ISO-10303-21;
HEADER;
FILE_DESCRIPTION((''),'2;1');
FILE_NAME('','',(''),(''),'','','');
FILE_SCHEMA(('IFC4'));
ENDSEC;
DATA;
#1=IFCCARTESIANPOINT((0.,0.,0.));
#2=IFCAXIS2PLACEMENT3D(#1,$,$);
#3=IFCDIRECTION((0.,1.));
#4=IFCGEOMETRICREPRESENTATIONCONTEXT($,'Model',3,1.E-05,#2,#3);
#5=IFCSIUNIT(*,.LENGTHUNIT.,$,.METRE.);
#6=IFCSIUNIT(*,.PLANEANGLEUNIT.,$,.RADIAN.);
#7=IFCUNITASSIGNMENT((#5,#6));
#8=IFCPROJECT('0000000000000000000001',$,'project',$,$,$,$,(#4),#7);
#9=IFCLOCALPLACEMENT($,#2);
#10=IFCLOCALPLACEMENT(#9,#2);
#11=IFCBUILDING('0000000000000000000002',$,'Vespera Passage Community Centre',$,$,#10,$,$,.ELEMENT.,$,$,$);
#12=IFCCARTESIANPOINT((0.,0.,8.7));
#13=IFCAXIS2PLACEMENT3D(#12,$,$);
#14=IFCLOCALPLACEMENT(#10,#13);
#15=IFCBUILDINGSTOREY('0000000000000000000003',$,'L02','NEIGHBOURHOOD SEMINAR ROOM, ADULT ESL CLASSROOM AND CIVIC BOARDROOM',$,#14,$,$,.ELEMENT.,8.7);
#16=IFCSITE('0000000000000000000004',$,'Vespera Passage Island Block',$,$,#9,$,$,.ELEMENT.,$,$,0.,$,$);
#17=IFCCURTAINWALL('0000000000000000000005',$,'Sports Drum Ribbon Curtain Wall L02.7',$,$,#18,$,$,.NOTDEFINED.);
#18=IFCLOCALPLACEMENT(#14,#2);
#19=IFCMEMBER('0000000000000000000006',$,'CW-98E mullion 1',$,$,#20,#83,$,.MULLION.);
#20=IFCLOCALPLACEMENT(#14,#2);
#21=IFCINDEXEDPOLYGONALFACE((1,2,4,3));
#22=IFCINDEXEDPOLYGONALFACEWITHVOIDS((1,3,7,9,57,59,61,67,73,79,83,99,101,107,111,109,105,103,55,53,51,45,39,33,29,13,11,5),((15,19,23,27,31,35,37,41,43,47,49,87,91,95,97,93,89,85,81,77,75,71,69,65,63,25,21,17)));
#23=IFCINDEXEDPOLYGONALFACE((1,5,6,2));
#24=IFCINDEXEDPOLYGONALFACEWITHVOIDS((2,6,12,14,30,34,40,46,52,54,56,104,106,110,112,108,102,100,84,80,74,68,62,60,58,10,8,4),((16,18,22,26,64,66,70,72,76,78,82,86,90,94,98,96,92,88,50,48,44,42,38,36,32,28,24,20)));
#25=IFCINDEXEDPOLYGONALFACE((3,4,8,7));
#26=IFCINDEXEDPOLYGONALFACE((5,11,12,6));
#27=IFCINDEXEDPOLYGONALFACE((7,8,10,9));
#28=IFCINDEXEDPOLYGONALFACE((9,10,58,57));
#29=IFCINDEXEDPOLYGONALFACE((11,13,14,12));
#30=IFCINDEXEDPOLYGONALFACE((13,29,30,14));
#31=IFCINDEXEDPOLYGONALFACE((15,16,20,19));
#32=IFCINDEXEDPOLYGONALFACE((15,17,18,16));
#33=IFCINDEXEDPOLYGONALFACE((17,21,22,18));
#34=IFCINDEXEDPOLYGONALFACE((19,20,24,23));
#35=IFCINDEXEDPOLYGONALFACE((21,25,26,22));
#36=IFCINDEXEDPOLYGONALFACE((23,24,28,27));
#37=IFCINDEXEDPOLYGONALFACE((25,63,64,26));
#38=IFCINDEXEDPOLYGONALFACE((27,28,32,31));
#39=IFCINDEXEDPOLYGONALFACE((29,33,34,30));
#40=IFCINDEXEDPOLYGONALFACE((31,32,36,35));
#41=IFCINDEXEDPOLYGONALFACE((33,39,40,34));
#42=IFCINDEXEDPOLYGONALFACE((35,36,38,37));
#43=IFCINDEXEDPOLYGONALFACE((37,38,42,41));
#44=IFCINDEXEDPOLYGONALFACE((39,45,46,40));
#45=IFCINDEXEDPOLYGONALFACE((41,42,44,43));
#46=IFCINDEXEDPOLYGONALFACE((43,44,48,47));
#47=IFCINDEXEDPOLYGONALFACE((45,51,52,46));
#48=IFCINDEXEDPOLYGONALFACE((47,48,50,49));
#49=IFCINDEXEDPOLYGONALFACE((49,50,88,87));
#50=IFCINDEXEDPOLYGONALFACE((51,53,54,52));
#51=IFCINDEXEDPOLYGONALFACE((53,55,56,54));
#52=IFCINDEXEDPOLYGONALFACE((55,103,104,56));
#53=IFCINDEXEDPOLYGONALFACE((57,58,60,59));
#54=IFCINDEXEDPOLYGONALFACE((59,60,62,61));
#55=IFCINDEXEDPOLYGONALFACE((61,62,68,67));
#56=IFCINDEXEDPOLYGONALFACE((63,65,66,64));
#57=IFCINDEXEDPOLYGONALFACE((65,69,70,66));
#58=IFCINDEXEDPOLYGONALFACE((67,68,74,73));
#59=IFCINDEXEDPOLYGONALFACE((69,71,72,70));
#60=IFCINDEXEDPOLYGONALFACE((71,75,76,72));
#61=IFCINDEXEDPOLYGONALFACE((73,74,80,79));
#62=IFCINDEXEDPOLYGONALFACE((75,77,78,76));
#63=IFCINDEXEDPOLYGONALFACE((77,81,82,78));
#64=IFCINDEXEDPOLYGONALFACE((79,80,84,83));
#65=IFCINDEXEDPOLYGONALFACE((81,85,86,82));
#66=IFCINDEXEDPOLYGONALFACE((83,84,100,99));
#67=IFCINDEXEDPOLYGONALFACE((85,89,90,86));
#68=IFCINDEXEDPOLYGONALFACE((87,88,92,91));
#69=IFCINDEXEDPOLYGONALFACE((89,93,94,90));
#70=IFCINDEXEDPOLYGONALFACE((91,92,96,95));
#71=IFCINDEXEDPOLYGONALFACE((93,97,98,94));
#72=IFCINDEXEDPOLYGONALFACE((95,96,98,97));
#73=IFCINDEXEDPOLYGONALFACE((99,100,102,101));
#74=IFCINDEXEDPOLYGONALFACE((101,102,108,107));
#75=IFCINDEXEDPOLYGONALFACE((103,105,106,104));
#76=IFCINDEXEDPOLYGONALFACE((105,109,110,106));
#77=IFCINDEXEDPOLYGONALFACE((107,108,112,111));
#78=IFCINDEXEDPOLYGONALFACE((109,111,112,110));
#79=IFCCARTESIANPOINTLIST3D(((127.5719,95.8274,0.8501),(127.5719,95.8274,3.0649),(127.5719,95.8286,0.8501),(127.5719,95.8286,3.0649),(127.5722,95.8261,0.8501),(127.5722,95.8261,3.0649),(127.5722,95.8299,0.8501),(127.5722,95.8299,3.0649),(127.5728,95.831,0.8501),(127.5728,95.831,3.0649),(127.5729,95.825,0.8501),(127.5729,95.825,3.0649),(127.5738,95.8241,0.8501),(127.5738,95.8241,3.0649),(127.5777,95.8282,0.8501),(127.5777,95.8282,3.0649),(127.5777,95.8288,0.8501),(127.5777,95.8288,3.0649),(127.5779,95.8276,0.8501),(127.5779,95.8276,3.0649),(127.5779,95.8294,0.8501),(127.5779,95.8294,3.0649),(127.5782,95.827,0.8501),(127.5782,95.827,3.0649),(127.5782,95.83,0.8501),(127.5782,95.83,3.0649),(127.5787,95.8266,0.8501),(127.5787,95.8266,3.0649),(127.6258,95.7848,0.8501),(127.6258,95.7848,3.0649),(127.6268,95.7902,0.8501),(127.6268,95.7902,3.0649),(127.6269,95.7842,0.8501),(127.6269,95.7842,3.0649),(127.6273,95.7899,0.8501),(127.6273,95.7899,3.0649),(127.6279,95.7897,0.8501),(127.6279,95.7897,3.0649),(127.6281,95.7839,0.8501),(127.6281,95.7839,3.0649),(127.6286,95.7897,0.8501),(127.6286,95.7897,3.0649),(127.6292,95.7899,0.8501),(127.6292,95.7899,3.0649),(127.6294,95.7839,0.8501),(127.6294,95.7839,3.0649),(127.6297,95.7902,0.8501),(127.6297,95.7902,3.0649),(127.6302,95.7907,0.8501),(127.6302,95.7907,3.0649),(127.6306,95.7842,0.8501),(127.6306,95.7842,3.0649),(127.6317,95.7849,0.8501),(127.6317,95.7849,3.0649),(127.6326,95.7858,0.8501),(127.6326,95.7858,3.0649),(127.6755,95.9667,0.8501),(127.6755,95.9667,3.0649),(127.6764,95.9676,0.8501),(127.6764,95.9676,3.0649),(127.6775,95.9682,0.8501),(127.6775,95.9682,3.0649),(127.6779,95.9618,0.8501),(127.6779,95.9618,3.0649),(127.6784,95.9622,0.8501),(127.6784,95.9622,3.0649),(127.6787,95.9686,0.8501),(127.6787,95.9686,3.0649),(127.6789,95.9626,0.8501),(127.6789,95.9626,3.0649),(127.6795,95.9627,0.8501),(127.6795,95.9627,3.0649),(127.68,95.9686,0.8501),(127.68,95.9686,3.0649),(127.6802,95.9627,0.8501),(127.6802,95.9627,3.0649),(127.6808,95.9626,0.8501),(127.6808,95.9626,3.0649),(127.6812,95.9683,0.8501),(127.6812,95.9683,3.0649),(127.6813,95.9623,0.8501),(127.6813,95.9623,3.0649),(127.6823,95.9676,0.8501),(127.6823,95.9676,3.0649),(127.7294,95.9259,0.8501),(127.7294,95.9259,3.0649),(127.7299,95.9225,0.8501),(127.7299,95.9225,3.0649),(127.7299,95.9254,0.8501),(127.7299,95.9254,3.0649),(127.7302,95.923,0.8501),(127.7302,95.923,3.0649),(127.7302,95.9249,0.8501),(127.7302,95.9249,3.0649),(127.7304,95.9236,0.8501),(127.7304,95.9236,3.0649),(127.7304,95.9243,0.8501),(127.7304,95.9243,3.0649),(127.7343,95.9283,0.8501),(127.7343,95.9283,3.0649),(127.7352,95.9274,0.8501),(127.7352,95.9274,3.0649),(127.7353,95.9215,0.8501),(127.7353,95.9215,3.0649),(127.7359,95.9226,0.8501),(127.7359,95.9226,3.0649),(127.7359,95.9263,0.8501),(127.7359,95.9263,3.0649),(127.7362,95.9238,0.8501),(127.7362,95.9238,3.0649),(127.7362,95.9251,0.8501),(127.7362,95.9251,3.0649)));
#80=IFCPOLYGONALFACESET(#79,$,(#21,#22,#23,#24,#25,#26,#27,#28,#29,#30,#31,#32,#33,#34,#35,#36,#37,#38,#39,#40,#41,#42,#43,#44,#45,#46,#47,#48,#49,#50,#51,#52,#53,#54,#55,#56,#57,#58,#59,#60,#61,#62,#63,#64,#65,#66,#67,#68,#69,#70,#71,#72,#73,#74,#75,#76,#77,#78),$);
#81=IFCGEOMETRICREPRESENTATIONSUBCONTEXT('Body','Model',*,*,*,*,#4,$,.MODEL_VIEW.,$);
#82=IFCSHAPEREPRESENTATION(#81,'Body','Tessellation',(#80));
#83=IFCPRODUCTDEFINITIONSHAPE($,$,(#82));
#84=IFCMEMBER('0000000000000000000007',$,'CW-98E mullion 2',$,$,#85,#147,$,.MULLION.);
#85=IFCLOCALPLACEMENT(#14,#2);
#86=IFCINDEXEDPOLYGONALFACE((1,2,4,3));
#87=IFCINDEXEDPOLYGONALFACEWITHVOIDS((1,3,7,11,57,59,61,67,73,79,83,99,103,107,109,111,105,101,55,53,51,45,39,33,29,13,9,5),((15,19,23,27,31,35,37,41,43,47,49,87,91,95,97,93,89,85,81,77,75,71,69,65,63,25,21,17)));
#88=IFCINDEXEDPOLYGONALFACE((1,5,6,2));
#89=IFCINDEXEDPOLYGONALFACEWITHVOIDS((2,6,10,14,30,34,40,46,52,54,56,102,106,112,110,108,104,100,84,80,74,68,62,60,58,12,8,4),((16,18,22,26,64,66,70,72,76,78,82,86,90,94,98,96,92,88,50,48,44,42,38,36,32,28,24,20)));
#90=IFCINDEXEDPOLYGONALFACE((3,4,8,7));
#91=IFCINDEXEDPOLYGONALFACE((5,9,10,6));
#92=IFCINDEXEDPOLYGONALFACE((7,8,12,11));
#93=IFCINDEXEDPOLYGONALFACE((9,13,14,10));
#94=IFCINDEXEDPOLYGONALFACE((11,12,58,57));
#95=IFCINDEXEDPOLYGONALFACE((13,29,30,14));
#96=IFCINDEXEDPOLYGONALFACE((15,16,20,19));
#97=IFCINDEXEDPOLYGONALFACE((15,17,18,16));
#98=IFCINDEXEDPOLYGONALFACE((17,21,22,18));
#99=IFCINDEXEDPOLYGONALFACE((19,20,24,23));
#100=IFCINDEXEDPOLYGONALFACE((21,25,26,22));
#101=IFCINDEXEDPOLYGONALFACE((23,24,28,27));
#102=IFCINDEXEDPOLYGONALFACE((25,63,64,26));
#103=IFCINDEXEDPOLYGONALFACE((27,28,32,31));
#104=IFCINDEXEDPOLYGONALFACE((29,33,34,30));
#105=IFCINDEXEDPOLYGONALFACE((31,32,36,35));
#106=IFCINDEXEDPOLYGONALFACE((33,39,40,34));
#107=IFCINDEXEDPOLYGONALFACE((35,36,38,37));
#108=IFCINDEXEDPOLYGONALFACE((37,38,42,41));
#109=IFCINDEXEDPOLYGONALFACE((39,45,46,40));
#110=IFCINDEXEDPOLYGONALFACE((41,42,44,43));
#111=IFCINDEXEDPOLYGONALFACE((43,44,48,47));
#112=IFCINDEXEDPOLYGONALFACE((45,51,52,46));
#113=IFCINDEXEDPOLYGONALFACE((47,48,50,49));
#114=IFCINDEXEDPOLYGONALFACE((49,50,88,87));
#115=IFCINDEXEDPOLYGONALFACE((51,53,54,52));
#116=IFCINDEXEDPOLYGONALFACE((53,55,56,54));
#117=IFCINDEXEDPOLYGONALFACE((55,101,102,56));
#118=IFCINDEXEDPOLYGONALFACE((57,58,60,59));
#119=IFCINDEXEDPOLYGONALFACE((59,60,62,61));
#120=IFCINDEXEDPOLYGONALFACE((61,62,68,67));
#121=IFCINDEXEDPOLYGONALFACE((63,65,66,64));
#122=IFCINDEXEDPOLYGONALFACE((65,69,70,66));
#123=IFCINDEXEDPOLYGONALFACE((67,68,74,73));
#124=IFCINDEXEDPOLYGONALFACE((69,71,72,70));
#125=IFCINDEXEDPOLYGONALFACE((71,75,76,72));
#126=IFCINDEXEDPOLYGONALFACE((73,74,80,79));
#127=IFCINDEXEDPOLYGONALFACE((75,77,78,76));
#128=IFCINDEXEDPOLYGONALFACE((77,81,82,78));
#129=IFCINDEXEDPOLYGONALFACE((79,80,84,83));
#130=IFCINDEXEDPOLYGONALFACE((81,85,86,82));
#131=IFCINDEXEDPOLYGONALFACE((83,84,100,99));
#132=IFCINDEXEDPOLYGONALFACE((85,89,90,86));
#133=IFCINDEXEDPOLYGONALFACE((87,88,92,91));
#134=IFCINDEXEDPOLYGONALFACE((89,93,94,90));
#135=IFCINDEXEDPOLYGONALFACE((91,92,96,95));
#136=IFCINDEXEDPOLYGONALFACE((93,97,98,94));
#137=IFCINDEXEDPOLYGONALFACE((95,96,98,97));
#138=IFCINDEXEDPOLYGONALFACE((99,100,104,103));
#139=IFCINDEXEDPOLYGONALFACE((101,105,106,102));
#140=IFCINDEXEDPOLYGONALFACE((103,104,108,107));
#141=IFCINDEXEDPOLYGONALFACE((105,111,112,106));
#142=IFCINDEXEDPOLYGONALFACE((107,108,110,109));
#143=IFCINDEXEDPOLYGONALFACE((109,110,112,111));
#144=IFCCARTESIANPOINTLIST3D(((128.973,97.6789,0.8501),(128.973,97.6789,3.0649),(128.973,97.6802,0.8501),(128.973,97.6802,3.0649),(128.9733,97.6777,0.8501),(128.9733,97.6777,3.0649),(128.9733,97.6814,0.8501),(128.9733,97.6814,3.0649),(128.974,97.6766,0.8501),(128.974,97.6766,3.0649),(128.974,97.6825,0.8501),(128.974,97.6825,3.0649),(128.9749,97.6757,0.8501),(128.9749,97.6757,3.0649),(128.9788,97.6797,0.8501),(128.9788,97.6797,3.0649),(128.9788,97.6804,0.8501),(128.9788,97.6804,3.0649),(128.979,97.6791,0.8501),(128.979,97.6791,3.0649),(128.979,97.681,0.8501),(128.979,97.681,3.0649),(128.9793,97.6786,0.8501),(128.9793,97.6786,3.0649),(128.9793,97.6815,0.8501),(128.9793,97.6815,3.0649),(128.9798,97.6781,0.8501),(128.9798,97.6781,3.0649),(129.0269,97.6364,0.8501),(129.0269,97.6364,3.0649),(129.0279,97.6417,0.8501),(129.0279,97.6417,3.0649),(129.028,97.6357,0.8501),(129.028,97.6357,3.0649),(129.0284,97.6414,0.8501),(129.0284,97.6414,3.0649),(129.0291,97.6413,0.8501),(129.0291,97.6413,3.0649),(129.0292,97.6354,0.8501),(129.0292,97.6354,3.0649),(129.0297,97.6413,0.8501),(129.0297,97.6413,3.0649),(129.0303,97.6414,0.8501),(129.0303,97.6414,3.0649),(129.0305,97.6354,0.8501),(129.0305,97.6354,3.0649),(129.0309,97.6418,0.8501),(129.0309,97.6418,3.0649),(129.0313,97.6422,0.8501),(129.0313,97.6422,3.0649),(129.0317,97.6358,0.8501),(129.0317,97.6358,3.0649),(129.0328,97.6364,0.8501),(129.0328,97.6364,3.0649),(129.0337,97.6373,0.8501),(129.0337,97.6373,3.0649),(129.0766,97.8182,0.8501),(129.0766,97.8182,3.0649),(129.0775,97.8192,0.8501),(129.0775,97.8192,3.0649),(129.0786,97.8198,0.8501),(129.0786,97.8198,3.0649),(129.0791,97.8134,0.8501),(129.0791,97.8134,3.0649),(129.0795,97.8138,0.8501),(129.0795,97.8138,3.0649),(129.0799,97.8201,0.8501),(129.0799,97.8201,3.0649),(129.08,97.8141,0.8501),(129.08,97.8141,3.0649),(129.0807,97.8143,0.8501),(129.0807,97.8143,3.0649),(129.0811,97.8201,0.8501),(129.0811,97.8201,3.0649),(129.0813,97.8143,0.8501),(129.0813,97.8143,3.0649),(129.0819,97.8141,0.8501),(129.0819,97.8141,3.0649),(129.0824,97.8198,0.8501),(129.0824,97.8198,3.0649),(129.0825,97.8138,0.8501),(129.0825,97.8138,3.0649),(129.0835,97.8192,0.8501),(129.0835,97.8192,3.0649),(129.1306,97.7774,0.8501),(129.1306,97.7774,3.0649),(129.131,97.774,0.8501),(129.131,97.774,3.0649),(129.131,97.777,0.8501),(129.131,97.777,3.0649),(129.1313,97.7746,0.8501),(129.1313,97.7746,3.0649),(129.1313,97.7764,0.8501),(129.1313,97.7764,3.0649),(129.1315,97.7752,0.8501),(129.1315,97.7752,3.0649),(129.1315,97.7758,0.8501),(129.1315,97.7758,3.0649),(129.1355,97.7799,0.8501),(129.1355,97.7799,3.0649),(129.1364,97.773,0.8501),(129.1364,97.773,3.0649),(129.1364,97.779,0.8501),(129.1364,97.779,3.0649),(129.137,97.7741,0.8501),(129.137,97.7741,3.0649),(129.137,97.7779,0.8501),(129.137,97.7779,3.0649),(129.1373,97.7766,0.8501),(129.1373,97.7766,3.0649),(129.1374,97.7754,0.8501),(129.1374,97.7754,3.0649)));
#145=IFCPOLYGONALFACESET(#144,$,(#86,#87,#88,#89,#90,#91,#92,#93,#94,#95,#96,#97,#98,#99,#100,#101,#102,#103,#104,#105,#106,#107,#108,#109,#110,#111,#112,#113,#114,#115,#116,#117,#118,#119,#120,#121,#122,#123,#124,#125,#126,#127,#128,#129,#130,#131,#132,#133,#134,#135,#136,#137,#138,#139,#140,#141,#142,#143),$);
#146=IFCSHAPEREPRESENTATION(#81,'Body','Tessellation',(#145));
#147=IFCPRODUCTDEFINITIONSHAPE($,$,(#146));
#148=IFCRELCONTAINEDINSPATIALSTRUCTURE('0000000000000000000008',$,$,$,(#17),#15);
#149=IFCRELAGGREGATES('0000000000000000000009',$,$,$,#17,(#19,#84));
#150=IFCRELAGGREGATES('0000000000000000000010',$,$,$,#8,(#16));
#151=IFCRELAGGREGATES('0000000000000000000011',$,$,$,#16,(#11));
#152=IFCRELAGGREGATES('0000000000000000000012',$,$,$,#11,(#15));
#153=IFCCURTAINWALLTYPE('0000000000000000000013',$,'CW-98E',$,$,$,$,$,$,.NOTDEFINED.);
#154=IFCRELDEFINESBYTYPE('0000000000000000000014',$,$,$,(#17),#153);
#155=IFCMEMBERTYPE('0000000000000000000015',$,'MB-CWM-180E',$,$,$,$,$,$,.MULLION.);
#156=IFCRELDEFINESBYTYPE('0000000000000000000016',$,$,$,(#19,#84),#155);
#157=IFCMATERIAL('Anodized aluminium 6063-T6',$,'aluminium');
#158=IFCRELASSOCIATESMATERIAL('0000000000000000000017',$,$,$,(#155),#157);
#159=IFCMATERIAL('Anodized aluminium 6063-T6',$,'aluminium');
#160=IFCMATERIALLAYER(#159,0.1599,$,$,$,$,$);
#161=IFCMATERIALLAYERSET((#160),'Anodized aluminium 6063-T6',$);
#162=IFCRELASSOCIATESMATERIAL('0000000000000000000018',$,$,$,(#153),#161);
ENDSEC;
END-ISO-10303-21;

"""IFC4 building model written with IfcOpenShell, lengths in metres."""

from ifc_helpers import new_model, si_unit, direction, frame, origin, origin_2d, place, context, subcontext, project, spatial, hollow_rectangle, extrude, material, layer, layer_set, material_profile, profile_set, type_object, element, aggregate, save


model = new_model("IFC4")

# Units and contexts
model_context = context("Model", 3, precision=1e-05, world=origin(), true_north=direction((0.0, 1.0)))
body_context = subcontext(model_context, "Body", "Model", "MODEL_VIEW")
ifc_project = project(units=[si_unit("LENGTHUNIT", "METRE"), si_unit("PLANEANGLEUNIT", "RADIAN")], contexts=[model_context])

# Site, building, storey
site_placement = place(None, origin())
site = spatial("IfcSite", under=ifc_project, at=site_placement, Name="Vespera Passage Island Block", CompositionType="ELEMENT", RefElevation=0.0)
building_placement = place(site_placement, origin())
building = spatial("IfcBuilding", under=site, at=building_placement, Name="Vespera Passage Community Centre", CompositionType="ELEMENT")
storey_placement = place(building_placement, frame((0.0, 0.0, 8.7)))
storey = spatial("IfcBuildingStorey", under=building, at=storey_placement, Name="L02", Description="NEIGHBOURHOOD SEMINAR ROOM, ADULT ESL CLASSROOM AND CIVIC BOARDROOM", CompositionType="ELEMENT", Elevation=8.7)

# Shared definitions
ifc_material_1 = material(Name="Anodized aluminium 6063-T6", Category="aluminium")
ifc_material_profile_1 = material_profile(ifc_material_1, hollow_rectangle(XDim=0.075, YDim=0.1799, WallThickness=0.0049, InnerFilletRadius=0.0024, OuterFilletRadius=0.0049, at=origin_2d()), Name="ALU180X75X5")
ifc_profile_set_1 = profile_set([ifc_material_profile_1], Name="Anodized aluminium 6063-T6")
member_type_1 = type_object("IfcMemberType", Name="MB-CWM-180E", PredefinedType="MULLION", material=ifc_profile_set_1)

# Curtain wall, members
ifc_material_2 = material(Name="Anodized aluminium 6063-T6", Category="aluminium")
ifc_layer_1 = layer(ifc_material_2, 0.1599)
ifc_layer_set_1 = layer_set([ifc_layer_1], Name="Anodized aluminium 6063-T6")
curtain_wall_type_1 = type_object("IfcCurtainWallType", Name="CW-98E", PredefinedType="NOTDEFINED", material=ifc_layer_set_1)
curtain_wall_1_placement = place(storey_placement, origin())
curtain_wall_1 = element("IfcCurtainWall", 1, at=curtain_wall_1_placement, inside=storey, type_object=curtain_wall_type_1, Name="Sports Drum Ribbon Curtain Wall L02.7", PredefinedType="NOTDEFINED")
member_1_placement = place(storey_placement, frame((127.6541, 95.8762, 0.8501), z_axis=(0.0, 0.0, 1.0), x_axis=(-0.797434, 0.603406, 0.0)))
member_1 = element("IfcMember", 2, at=member_1_placement, type_object=member_type_1, Name="CW-98E mullion 1", PredefinedType="MULLION", context=body_context, shape_type="SweptSolid", body=[
    extrude(hollow_rectangle(XDim=0.075, YDim=0.1799, WallThickness=0.0049, InnerFilletRadius=0.0024, OuterFilletRadius=0.0049, at=origin_2d()), origin(), (0.0, 0.0, 1.0), 2.2148),
])
member_2_placement = place(storey_placement, frame((129.0552, 97.7278, 0.8501), z_axis=(0.0, 0.0, 1.0), x_axis=(-0.797434, 0.603406, 0.0)))
member_2 = element("IfcMember", 3, at=member_2_placement, type_object=member_type_1, Name="CW-98E mullion 2", PredefinedType="MULLION", context=body_context, shape_type="SweptSolid", body=[
    extrude(hollow_rectangle(XDim=0.075, YDim=0.1799, WallThickness=0.0049, InnerFilletRadius=0.0024, OuterFilletRadius=0.0049, at=origin_2d()), origin(), (0.0, 0.0, 1.0), 2.2148),
])

aggregate(curtain_wall_1, [member_1, member_2])

save(model, "model.ifc")
